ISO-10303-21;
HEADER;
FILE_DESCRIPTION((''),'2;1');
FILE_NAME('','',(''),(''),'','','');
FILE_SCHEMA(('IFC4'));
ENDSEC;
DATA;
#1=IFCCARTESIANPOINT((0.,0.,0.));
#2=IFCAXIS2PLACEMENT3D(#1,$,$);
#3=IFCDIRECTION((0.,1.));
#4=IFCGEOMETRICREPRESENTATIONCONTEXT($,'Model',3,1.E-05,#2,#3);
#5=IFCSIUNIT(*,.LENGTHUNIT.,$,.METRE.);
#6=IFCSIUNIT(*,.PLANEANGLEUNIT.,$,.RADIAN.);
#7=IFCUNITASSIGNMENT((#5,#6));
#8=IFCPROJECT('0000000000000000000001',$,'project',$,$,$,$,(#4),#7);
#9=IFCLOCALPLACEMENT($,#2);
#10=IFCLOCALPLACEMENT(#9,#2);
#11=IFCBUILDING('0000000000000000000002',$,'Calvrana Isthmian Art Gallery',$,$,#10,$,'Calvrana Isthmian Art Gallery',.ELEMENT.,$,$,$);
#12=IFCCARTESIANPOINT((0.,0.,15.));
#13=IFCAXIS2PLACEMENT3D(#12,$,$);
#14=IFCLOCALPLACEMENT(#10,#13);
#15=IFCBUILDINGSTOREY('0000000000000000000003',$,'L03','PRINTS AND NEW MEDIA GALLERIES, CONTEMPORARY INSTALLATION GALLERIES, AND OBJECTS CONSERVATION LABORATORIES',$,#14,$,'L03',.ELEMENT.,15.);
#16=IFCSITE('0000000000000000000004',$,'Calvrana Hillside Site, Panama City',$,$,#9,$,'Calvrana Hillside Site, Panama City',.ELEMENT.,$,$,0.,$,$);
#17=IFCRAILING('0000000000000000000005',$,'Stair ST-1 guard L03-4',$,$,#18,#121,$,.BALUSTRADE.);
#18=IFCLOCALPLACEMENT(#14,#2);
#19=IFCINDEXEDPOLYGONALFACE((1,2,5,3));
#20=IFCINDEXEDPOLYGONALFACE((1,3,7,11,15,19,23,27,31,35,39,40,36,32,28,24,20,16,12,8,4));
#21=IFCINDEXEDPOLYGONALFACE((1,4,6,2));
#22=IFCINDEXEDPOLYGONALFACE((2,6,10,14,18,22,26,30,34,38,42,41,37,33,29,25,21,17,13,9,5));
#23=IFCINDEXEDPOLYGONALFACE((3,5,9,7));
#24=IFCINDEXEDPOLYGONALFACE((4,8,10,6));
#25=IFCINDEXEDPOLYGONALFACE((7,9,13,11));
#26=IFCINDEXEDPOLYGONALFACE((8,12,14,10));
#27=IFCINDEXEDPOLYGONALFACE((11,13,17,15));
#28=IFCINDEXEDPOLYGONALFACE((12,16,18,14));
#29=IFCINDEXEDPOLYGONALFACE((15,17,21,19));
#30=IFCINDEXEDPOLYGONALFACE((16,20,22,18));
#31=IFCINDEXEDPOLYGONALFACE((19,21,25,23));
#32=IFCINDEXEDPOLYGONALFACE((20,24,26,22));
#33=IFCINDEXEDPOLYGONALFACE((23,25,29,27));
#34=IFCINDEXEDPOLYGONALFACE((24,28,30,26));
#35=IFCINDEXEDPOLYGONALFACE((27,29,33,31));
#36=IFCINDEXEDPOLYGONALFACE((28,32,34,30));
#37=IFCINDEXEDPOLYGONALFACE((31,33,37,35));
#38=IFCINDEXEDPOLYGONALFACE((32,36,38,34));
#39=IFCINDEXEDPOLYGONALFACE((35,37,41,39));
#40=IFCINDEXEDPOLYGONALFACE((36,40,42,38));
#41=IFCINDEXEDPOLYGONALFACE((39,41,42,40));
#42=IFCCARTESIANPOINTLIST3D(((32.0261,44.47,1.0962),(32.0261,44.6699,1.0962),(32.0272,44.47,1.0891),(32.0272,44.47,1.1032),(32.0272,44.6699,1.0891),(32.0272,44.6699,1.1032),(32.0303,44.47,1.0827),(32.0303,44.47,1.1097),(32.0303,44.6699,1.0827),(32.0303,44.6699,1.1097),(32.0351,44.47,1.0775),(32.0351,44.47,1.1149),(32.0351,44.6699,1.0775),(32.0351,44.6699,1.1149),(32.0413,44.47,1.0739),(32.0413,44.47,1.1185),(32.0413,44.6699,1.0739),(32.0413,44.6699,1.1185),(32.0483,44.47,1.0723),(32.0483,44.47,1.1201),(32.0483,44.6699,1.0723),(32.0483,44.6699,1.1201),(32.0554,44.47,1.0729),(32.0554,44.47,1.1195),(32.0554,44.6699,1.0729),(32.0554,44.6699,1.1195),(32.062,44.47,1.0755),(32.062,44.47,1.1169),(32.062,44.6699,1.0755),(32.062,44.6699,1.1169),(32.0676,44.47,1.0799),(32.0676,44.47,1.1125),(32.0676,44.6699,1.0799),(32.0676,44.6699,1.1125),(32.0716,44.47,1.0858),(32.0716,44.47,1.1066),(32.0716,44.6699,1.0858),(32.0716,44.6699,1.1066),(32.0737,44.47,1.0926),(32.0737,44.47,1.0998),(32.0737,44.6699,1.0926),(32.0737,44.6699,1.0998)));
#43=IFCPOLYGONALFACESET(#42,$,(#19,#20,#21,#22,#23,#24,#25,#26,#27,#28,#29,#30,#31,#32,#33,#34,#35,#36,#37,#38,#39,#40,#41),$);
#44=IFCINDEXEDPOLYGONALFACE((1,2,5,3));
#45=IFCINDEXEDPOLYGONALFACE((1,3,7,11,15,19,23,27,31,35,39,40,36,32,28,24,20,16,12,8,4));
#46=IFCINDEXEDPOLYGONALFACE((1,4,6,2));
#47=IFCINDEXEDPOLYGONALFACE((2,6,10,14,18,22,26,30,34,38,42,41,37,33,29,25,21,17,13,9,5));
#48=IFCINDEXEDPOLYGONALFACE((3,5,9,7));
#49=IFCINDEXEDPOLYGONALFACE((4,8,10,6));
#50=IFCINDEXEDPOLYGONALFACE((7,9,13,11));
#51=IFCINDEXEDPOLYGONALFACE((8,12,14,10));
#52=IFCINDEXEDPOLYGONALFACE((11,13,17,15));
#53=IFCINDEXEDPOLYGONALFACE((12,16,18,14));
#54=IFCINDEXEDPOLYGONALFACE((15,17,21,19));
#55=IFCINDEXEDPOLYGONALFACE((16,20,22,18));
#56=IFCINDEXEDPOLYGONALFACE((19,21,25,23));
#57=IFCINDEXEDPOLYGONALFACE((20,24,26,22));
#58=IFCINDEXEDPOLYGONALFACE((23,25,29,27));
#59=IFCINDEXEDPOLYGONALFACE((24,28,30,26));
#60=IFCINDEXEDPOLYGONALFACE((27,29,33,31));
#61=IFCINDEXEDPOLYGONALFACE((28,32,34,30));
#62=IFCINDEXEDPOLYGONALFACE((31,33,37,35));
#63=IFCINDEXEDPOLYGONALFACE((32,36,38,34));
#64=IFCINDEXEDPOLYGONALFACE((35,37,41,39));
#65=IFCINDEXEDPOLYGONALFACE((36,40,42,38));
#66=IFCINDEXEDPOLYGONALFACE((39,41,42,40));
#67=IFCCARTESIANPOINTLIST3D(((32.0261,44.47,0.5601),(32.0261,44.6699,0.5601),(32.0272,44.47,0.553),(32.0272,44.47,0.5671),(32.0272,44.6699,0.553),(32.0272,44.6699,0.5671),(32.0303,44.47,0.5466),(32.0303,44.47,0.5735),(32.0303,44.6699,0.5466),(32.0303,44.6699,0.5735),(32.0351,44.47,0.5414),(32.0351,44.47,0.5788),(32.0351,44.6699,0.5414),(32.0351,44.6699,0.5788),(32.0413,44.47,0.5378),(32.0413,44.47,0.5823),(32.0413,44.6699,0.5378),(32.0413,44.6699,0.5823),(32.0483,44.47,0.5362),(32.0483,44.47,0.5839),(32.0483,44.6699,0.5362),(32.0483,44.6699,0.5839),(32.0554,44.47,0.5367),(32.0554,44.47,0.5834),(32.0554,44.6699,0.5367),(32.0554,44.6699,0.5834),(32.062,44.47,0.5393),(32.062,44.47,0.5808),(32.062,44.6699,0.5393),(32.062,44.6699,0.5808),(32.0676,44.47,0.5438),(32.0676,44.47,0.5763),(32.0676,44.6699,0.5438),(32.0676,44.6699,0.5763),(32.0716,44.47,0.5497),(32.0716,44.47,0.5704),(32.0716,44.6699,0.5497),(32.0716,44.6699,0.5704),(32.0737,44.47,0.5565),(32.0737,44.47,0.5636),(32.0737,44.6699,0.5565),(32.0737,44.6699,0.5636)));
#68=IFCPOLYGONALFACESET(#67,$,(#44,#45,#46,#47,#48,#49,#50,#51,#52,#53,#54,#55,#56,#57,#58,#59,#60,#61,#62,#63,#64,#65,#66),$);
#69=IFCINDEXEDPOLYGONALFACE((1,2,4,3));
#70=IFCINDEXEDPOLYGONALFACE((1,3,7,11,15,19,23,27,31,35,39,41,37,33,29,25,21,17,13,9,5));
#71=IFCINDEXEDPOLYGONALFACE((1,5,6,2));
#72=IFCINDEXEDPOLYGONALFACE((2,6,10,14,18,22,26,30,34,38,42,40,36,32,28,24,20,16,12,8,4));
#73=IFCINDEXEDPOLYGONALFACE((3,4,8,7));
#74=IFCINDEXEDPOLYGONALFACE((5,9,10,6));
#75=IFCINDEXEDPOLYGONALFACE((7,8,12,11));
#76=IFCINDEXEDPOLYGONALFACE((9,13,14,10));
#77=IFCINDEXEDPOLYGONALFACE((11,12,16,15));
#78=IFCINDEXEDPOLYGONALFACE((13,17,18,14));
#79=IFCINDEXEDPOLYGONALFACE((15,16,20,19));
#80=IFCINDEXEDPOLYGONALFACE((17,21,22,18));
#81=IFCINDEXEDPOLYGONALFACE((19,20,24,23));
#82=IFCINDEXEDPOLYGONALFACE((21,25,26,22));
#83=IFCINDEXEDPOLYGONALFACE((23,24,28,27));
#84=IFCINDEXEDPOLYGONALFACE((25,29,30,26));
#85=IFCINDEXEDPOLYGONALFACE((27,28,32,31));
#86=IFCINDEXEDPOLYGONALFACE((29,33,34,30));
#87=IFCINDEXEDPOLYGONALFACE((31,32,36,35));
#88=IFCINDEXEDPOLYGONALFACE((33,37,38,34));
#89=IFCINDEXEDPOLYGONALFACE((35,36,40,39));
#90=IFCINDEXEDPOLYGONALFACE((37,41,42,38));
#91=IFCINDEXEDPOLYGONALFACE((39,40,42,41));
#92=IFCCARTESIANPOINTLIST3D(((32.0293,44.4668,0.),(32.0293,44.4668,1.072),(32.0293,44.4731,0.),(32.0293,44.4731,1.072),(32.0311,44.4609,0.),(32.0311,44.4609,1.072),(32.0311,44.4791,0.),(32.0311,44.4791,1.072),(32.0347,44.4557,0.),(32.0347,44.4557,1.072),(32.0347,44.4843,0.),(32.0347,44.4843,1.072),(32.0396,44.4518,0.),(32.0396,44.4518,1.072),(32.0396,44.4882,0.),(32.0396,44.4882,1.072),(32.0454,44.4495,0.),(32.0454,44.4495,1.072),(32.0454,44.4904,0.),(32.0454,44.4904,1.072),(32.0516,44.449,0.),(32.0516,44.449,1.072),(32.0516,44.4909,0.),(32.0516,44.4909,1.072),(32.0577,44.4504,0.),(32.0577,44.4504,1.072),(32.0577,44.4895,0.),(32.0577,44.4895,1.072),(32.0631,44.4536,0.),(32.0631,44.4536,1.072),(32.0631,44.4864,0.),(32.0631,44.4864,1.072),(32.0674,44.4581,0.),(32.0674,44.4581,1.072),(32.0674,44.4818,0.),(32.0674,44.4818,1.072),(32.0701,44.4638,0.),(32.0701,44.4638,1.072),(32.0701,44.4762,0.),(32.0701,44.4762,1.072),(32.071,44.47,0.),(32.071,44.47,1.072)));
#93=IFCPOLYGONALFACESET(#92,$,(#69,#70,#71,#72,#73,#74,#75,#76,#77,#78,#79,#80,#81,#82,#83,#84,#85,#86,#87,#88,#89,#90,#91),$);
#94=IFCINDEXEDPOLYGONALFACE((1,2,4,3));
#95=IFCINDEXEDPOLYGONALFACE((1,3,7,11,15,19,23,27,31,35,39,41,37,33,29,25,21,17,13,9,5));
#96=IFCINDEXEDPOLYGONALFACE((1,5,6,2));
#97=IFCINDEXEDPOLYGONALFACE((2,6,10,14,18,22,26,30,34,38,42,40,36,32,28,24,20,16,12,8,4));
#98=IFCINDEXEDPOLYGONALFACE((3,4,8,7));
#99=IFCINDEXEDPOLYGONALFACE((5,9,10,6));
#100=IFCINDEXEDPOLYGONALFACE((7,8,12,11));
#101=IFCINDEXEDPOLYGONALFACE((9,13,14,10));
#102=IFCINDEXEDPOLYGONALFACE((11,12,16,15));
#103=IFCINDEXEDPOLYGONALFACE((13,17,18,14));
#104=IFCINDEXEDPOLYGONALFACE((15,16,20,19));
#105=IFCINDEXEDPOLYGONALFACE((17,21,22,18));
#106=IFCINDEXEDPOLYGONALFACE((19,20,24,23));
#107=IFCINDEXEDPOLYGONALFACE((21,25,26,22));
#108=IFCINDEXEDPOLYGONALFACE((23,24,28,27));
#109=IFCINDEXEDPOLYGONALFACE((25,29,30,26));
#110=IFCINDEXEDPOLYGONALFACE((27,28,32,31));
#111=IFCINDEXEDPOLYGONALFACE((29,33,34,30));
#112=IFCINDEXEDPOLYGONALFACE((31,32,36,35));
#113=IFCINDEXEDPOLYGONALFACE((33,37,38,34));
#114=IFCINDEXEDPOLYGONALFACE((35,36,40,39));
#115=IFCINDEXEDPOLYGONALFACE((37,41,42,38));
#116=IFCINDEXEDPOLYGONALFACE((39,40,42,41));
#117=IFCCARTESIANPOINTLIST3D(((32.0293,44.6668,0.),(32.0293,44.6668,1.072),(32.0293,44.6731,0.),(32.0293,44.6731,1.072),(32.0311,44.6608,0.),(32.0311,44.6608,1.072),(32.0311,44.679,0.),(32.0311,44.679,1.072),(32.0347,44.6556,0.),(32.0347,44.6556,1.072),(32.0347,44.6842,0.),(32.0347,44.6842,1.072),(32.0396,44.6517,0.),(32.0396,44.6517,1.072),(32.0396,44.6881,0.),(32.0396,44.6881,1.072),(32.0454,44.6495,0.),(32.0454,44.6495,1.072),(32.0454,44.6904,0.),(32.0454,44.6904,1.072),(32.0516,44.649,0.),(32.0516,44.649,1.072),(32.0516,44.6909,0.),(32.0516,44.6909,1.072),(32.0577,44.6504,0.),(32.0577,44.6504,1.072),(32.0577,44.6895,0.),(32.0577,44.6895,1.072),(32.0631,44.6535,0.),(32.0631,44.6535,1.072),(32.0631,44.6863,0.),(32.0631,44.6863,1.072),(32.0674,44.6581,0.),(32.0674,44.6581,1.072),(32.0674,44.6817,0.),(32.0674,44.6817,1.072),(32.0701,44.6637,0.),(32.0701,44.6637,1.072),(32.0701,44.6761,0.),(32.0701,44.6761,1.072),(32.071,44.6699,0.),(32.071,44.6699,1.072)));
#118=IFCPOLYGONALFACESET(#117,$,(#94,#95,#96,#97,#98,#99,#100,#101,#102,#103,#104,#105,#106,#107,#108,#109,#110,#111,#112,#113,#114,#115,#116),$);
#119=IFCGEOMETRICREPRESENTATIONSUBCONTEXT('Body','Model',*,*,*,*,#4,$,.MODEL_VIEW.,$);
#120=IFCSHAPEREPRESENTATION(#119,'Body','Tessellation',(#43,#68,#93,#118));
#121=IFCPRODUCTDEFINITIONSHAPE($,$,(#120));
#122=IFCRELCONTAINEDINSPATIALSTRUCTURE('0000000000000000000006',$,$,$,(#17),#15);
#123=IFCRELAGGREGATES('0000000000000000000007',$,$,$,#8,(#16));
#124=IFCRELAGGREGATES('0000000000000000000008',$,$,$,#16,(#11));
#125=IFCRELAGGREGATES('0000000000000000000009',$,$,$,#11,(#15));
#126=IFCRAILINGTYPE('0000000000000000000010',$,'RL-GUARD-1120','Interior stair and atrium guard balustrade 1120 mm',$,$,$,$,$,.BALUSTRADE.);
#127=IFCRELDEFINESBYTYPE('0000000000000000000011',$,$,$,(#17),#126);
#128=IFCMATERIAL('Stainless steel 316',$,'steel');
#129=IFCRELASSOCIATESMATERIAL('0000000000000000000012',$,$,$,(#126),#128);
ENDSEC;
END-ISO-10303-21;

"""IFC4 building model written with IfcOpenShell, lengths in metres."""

from ifc_helpers import new_model, si_unit, direction, frame, origin, origin_2d, place, context, subcontext, project, spatial, circle, extrude, material, type_object, element, save


model = new_model("IFC4")

# Units and contexts
model_context = context("Model", 3, precision=1e-05, world=origin(), true_north=direction((0.0, 1.0)))
body_context = subcontext(model_context, "Body", "Model", "MODEL_VIEW")
ifc_project = project(units=[si_unit("LENGTHUNIT", "METRE"), si_unit("PLANEANGLEUNIT", "RADIAN")], contexts=[model_context])

# Site, building, storey
site_placement = place(None, origin())
site = spatial("IfcSite", under=ifc_project, at=site_placement, Name="Calvrana Hillside Site, Panama City", LongName="Calvrana Hillside Site, Panama City", CompositionType="ELEMENT", RefElevation=0.0)
building_placement = place(site_placement, origin())
building = spatial("IfcBuilding", under=site, at=building_placement, Name="Calvrana Isthmian Art Gallery", LongName="Calvrana Isthmian Art Gallery", CompositionType="ELEMENT")
storey_placement = place(building_placement, frame((0.0, 0.0, 15.0)))
storey = spatial("IfcBuildingStorey", under=building, at=storey_placement, Name="L03", Description="PRINTS AND NEW MEDIA GALLERIES, CONTEMPORARY INSTALLATION GALLERIES, AND OBJECTS CONSERVATION LABORATORIES", LongName="L03", CompositionType="ELEMENT", Elevation=15.0)

# Railing
ifc_material_1 = material(Name="Stainless steel 316", Category="steel")
railing_type_1 = type_object("IfcRailingType", Name="RL-GUARD-1120", Description="Interior stair and atrium guard balustrade 1120 mm", PredefinedType="BALUSTRADE", material=ifc_material_1)
railing_1_placement = place(storey_placement, frame((32.05, 44.47, 0.0)))
element("IfcRailing", 1, at=railing_1_placement, inside=storey, type_object=railing_type_1, Name="Stair ST-1 guard L03-4", PredefinedType="BALUSTRADE", context=body_context, shape_type="SweptSolid", body=[
    extrude(circle(Radius=0.0239, at=origin_2d()), frame((0.0, 0.0, 1.0962), z_axis=(0.0, 1.0, 0.0), x_axis=(-1.0, 0.0, 0.0)), (0.0, 0.0, 1.0), 0.2),
    extrude(circle(Radius=0.0239, at=origin_2d()), frame((0.0, 0.0, 0.5601), z_axis=(0.0, 1.0, 0.0), x_axis=(-1.0, 0.0, 0.0)), (0.0, 0.0, 1.0), 0.2),
    extrude(circle(Radius=0.021, at=origin_2d()), origin(), (0.0, 0.0, 1.0), 1.072),
    extrude(circle(Radius=0.021, at=origin_2d()), frame((0.0, 0.2, 0.0)), (0.0, 0.0, 1.0), 1.072),
])

save(model, "model.ifc")
